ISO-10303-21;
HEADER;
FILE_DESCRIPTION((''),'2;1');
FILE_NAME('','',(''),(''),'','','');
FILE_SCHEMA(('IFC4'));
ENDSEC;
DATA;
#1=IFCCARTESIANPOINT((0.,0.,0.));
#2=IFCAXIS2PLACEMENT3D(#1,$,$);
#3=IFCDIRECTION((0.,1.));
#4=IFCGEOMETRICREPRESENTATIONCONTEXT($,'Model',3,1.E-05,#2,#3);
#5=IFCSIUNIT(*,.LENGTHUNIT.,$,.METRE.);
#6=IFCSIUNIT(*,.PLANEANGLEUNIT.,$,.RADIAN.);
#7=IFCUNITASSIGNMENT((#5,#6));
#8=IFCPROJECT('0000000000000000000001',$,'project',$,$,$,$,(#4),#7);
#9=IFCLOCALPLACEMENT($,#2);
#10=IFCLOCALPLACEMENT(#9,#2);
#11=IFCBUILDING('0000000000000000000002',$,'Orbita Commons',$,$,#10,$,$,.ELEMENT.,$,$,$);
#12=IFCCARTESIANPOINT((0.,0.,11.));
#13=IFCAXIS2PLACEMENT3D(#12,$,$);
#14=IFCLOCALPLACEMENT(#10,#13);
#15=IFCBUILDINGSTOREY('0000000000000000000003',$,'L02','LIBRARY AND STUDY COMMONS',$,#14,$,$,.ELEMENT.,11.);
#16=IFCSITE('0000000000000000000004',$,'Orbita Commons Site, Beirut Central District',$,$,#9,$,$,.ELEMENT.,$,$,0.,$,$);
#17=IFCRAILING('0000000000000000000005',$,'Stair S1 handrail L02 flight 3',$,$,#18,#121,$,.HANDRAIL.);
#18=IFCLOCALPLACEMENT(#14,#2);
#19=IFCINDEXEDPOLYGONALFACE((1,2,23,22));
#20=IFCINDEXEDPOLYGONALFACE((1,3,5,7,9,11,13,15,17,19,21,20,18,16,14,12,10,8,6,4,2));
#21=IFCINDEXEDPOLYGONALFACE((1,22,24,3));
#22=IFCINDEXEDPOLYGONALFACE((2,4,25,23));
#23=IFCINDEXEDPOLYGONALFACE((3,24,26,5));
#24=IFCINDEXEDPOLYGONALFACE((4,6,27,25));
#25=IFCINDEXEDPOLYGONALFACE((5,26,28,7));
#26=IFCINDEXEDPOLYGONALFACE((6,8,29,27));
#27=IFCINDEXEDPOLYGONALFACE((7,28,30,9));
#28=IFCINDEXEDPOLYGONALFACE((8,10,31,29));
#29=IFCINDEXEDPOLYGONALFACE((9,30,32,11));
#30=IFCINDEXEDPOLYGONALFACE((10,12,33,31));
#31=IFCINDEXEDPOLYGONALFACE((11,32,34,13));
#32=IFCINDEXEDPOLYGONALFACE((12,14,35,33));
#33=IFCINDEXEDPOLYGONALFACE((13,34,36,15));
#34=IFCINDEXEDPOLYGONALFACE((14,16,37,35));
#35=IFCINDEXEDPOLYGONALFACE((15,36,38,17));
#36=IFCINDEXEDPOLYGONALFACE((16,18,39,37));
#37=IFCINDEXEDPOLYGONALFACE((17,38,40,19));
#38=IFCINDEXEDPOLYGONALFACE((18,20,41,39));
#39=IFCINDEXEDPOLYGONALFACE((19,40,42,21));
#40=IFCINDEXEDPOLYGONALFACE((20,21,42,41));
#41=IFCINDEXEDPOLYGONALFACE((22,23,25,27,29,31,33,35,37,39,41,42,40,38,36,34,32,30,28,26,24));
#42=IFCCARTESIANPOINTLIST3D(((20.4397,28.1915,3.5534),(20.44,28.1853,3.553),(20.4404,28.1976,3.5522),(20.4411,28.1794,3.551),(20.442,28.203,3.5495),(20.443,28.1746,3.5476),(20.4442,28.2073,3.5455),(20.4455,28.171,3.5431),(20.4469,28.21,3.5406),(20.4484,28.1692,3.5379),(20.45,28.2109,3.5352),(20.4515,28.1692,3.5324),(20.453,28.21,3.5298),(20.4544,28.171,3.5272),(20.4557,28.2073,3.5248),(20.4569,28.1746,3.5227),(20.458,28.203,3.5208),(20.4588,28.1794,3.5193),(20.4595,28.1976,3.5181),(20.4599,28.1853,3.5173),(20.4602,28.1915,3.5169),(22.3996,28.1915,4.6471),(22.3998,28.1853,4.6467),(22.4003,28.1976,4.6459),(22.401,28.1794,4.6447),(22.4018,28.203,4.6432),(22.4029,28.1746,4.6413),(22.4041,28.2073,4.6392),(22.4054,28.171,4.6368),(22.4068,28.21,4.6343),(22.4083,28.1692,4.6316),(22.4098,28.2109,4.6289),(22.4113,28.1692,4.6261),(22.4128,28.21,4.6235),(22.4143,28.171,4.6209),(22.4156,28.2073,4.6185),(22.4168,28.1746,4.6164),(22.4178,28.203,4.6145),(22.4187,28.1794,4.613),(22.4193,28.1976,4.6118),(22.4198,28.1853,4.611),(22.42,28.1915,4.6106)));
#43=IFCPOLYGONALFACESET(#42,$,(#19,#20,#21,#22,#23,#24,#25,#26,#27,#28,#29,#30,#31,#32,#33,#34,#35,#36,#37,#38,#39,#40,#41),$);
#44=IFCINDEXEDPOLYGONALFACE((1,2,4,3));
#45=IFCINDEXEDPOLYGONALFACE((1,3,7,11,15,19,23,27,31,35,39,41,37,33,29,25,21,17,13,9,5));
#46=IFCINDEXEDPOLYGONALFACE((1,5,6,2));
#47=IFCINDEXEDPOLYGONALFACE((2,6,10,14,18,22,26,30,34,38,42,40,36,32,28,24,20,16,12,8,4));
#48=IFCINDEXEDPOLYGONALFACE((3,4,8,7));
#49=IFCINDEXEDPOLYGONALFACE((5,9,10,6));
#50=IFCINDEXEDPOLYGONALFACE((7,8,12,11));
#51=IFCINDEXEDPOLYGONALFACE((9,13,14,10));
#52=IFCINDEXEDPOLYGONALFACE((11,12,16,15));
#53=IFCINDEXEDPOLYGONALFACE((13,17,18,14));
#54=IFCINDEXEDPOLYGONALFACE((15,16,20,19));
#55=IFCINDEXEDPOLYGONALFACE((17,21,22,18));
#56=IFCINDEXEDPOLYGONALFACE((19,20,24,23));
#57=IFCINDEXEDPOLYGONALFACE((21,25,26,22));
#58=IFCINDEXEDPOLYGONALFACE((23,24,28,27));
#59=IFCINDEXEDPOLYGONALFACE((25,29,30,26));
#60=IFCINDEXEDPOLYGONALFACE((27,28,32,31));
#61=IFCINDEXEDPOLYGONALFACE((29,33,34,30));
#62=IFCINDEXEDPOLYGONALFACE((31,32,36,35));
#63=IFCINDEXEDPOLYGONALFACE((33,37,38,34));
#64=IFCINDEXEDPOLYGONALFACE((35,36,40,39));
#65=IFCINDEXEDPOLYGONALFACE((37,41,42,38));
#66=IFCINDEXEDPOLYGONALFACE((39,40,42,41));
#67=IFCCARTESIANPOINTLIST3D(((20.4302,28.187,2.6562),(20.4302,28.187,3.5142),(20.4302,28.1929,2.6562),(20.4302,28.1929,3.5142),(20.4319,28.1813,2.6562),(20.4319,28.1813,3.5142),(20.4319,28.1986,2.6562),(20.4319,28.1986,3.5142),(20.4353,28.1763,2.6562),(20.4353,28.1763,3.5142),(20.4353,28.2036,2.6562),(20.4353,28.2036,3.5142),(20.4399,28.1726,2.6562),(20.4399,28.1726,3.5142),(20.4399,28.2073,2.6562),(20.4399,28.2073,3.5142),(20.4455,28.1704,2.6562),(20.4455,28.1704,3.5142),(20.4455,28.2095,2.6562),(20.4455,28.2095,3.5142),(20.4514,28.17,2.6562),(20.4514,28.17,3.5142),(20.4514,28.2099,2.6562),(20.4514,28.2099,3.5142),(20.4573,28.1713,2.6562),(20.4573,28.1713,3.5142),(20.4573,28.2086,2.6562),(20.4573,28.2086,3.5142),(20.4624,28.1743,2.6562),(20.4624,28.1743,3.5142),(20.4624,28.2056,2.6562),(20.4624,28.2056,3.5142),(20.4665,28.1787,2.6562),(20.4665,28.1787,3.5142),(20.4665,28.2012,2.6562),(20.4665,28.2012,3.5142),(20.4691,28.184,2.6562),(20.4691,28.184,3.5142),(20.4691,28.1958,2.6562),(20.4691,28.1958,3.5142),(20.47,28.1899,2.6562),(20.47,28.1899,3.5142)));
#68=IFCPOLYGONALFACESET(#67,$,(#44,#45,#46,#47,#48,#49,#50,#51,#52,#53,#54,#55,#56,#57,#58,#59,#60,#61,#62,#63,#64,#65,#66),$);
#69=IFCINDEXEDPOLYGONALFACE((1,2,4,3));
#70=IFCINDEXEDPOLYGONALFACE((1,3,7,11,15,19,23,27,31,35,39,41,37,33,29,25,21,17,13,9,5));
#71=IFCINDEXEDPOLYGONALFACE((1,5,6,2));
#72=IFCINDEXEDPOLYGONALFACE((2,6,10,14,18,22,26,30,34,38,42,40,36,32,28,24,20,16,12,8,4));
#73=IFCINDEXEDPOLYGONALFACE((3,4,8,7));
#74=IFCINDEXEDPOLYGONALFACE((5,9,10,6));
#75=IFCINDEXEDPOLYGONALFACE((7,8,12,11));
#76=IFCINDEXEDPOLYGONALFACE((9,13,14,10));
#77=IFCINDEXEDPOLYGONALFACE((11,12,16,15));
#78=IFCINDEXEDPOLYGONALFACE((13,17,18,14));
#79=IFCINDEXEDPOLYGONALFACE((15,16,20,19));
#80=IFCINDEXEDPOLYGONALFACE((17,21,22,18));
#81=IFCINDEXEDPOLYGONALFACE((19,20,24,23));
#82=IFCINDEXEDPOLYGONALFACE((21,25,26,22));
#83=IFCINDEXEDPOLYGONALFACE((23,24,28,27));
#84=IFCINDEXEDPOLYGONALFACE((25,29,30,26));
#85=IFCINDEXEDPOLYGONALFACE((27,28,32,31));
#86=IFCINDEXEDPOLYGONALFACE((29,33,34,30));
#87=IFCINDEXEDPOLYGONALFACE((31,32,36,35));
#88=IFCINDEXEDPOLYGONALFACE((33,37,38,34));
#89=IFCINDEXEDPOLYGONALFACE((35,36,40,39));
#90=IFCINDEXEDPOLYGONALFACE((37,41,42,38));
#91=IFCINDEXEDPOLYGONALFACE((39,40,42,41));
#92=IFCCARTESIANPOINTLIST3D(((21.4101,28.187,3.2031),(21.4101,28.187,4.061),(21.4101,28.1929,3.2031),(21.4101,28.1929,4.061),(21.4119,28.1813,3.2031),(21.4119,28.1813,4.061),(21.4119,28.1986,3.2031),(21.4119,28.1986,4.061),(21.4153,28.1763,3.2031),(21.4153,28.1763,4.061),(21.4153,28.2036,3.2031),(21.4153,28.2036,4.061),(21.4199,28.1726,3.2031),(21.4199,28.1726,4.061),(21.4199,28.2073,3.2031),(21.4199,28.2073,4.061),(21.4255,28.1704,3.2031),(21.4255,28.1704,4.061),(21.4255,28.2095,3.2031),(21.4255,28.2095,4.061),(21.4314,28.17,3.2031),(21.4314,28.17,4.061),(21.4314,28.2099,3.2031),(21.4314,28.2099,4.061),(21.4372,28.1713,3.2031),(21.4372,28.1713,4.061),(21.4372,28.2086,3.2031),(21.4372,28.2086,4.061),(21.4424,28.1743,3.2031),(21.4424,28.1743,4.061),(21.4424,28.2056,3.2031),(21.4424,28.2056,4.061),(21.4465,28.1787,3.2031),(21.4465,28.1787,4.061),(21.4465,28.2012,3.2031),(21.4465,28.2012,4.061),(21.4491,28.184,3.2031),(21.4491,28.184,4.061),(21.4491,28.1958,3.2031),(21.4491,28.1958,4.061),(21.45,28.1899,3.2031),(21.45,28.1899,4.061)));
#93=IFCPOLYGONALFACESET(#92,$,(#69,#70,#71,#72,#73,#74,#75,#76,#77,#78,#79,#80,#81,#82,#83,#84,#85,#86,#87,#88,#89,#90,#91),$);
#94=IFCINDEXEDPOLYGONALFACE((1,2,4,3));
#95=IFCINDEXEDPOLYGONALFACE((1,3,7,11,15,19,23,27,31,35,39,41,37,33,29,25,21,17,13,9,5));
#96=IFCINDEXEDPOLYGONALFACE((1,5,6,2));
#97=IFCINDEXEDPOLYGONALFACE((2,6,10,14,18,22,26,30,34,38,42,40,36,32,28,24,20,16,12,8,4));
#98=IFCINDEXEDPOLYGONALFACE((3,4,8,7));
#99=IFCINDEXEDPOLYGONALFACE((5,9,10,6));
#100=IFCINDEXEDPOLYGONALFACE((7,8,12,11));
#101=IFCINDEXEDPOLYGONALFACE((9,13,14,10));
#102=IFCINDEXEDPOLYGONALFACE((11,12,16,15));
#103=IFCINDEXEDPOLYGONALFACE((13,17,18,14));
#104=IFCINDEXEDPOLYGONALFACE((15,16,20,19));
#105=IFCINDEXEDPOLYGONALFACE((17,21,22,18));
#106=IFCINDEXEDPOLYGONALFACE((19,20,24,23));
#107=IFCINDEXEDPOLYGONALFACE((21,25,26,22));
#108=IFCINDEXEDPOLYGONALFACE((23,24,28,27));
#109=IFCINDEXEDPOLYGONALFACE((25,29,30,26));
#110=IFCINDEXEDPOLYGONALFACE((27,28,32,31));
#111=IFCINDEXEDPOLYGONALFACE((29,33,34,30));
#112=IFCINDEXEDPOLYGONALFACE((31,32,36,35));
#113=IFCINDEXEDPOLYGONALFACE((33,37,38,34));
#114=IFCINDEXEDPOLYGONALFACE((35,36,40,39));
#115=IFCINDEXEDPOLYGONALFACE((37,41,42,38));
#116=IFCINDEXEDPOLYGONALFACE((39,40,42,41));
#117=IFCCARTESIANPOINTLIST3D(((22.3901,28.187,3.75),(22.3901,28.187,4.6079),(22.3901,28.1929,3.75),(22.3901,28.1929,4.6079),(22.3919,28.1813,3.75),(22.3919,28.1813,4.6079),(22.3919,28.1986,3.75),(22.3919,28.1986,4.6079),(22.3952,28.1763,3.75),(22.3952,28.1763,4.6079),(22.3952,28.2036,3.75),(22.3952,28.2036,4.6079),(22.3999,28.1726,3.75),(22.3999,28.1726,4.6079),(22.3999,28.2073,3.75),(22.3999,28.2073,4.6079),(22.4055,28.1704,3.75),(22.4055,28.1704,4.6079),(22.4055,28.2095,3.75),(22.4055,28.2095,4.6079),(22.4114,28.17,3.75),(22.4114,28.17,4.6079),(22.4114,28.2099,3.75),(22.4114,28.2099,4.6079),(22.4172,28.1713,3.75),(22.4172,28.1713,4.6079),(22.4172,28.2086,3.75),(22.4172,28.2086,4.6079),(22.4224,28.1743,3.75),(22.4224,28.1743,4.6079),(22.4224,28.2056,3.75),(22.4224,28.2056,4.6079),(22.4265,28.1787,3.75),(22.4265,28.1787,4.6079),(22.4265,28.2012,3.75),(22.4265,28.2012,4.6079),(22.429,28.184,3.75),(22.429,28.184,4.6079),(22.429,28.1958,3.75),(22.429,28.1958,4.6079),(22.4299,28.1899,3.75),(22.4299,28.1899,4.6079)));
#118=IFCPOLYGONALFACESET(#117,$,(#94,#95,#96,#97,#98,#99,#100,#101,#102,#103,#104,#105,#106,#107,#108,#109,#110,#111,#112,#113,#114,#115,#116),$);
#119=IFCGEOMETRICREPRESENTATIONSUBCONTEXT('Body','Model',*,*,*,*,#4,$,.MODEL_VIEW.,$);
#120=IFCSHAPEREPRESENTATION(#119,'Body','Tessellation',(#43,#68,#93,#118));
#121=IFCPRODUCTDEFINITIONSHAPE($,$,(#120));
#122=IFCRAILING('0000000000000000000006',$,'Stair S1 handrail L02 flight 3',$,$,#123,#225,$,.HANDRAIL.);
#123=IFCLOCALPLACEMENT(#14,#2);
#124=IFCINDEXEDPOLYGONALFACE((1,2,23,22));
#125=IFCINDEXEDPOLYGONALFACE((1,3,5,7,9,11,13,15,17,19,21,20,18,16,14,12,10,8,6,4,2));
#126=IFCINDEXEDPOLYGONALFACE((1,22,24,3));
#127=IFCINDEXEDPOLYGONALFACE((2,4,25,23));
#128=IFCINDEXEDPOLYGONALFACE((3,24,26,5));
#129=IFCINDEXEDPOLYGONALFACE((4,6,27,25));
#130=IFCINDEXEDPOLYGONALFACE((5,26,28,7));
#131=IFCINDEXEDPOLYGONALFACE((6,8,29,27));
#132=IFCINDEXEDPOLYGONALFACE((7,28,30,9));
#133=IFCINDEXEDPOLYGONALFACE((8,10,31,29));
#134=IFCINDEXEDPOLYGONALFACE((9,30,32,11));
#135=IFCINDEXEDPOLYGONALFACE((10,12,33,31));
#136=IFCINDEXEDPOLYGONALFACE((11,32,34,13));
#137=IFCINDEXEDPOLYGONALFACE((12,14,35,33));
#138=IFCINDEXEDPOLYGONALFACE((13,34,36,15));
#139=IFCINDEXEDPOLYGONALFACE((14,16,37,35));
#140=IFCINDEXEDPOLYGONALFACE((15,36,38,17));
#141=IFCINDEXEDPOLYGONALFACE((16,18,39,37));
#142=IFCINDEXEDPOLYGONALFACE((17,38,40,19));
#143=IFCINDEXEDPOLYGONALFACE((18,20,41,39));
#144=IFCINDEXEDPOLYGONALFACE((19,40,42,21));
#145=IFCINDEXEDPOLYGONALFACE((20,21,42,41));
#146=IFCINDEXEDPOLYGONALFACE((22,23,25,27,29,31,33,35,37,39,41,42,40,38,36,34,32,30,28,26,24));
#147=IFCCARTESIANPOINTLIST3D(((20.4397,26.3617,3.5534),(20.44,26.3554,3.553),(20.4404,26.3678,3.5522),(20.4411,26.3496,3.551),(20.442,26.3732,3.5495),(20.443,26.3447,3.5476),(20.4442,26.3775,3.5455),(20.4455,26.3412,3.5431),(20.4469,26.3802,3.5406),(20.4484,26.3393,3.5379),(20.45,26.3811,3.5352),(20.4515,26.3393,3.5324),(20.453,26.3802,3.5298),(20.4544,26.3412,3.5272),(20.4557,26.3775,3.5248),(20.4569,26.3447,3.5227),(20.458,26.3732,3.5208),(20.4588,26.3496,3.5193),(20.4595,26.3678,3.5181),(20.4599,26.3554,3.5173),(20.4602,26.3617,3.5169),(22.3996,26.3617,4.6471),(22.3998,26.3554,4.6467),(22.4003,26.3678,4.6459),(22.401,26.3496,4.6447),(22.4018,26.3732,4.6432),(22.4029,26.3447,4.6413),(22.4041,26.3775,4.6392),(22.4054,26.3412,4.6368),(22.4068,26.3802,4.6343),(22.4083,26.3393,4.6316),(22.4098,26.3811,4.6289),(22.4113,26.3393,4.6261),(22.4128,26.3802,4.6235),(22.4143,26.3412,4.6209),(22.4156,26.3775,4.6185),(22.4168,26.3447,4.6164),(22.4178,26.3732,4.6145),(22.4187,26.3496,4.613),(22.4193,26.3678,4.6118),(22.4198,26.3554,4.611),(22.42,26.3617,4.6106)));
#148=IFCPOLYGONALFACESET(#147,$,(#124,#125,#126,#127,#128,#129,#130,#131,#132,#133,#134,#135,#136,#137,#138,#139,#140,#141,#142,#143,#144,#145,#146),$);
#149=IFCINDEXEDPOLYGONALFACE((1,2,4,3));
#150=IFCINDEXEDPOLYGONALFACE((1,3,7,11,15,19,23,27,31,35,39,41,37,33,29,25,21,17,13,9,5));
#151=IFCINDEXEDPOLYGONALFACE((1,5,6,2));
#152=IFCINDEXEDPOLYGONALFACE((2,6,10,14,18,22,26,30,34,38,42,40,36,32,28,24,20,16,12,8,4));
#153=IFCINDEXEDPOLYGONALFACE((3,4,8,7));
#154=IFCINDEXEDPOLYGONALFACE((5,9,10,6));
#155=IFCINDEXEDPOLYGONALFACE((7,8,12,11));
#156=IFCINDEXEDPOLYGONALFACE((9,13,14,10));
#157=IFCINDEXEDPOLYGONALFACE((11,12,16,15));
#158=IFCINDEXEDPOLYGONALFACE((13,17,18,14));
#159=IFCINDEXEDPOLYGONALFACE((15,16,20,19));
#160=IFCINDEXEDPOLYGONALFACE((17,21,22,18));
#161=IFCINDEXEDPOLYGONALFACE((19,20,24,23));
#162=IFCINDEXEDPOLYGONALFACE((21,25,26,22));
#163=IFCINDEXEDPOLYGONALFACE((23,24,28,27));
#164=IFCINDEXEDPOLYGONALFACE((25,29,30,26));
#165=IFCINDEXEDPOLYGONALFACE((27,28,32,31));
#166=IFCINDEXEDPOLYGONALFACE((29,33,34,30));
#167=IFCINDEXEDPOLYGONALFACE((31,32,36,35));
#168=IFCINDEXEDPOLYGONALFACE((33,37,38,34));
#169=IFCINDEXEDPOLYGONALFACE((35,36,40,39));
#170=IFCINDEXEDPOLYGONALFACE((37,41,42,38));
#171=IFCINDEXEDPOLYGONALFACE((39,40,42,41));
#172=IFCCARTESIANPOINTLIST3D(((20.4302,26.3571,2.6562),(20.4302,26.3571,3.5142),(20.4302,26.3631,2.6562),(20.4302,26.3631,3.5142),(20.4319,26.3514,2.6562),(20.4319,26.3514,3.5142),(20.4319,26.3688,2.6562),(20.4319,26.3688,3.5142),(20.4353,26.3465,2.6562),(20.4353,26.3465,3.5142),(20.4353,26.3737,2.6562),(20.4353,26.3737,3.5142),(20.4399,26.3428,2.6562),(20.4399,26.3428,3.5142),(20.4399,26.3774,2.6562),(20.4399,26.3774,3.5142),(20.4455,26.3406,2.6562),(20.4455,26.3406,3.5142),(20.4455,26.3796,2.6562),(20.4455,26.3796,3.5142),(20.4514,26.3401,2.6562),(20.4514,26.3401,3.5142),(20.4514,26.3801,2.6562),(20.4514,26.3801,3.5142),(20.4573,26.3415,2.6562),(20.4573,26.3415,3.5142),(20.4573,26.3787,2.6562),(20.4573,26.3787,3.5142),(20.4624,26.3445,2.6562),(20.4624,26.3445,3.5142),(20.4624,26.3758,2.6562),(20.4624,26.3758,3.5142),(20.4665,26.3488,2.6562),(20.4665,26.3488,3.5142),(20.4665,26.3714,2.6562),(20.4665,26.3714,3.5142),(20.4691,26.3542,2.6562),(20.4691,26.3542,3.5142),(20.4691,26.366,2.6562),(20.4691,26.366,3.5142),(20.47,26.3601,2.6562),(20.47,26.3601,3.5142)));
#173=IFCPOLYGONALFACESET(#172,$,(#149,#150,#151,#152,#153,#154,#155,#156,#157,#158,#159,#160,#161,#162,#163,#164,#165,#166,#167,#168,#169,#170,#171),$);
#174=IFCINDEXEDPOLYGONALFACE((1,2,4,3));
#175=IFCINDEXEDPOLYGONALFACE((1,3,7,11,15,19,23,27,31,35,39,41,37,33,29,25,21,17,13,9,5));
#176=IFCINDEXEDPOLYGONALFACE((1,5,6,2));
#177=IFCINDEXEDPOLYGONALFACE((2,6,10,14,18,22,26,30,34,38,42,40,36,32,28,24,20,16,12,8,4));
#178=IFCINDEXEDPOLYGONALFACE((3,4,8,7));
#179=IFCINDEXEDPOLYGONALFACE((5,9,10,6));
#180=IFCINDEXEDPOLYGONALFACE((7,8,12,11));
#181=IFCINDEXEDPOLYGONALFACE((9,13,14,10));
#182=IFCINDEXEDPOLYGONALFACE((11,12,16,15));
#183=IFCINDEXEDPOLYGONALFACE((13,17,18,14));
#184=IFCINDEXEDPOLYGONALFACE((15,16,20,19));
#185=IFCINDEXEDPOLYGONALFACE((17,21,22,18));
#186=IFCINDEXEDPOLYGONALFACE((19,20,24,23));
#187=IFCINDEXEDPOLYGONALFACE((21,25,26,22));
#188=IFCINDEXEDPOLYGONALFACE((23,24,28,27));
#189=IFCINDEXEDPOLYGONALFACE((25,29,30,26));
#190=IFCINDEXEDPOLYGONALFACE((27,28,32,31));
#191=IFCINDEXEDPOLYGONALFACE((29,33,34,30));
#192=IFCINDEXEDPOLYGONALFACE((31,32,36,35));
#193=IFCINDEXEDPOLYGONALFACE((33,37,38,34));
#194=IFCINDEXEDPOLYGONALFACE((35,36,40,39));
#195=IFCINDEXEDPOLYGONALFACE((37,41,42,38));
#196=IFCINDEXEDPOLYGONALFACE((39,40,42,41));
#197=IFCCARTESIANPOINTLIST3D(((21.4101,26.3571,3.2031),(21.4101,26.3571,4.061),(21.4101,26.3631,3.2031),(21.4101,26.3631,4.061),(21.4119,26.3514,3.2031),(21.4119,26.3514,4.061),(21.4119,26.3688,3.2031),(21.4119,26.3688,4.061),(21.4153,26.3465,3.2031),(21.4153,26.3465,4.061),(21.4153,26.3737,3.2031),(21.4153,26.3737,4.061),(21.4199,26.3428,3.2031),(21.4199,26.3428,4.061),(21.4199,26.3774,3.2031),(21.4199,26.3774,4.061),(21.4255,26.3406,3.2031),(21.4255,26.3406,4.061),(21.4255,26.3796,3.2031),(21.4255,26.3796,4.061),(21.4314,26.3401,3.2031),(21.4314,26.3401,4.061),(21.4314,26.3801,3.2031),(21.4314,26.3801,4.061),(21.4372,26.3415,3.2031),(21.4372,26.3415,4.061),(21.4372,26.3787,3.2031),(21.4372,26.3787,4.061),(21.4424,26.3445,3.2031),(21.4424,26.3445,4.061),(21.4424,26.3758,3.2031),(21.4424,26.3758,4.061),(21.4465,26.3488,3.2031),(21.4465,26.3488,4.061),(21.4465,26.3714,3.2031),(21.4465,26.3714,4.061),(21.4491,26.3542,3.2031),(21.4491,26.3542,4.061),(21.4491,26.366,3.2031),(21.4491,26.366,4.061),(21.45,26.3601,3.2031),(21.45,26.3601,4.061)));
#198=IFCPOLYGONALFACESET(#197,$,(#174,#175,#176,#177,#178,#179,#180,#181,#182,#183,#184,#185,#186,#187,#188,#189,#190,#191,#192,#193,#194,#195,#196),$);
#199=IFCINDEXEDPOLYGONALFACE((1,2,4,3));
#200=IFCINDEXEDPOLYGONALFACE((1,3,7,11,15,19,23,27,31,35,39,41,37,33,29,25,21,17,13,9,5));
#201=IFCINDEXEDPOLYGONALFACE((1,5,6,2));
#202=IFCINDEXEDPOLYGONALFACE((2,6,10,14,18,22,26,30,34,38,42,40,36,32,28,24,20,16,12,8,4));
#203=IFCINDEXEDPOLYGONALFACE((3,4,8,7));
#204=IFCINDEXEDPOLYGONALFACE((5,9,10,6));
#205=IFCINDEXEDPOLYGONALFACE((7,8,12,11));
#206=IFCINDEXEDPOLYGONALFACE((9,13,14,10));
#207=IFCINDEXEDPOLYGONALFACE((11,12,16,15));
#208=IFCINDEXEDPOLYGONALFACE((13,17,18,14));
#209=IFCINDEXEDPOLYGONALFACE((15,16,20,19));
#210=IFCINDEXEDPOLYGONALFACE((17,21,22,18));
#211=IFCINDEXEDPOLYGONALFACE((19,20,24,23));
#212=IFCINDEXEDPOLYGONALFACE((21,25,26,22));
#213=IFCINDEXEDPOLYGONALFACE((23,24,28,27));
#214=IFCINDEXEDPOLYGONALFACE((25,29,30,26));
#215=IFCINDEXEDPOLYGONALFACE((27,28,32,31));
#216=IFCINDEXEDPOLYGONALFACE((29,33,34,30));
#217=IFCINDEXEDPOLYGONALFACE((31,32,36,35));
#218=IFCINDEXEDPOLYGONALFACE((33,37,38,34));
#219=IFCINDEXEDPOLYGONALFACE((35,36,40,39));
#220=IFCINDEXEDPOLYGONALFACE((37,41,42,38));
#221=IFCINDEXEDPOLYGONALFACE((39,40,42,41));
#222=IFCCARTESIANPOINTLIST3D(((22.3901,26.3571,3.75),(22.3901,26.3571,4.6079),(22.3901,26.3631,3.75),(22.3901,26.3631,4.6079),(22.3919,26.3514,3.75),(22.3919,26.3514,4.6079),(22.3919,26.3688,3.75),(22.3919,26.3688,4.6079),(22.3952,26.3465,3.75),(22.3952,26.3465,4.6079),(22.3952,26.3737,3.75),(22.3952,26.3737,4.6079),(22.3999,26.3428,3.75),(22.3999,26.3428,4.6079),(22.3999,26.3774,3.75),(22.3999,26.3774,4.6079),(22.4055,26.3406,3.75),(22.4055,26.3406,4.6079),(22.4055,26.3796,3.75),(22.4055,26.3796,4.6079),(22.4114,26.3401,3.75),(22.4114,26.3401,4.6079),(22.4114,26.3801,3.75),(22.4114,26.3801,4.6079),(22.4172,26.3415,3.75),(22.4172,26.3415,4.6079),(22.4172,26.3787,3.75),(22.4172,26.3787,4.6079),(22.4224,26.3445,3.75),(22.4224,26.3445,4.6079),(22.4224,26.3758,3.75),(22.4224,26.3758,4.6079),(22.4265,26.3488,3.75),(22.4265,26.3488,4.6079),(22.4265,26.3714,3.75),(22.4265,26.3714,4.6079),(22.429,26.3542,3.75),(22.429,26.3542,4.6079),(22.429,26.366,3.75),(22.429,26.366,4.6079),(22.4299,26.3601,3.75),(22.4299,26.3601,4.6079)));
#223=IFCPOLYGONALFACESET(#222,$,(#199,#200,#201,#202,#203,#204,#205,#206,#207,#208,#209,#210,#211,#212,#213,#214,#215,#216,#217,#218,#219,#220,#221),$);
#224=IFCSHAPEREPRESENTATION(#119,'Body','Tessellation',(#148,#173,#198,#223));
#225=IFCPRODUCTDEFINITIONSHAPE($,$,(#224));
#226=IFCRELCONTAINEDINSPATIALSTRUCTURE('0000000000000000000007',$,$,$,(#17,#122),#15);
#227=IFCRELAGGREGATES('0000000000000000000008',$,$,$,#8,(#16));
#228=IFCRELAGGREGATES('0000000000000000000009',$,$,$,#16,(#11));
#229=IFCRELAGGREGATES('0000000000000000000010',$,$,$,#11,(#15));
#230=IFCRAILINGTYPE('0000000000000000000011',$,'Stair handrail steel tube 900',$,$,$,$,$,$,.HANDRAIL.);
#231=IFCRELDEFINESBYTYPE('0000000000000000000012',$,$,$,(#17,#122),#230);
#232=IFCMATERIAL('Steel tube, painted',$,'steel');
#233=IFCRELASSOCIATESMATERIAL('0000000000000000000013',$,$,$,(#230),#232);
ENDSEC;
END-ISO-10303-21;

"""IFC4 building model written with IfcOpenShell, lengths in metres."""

from ifc_helpers import new_model, si_unit, direction, frame, origin, origin_2d, place, context, subcontext, project, spatial, circle, extrude, material, type_object, element, save


model = new_model("IFC4")

# Units and contexts
model_context = context("Model", 3, precision=1e-05, world=origin(), true_north=direction((0.0, 1.0)))
body_context = subcontext(model_context, "Body", "Model", "MODEL_VIEW")
ifc_project = project(units=[si_unit("LENGTHUNIT", "METRE"), si_unit("PLANEANGLEUNIT", "RADIAN")], contexts=[model_context])

# Site, building, storey
site_placement = place(None, origin())
site = spatial("IfcSite", under=ifc_project, at=site_placement, Name="Orbita Commons Site, Beirut Central District", CompositionType="ELEMENT", RefElevation=0.0)
building_placement = place(site_placement, origin())
building = spatial("IfcBuilding", under=site, at=building_placement, Name="Orbita Commons", CompositionType="ELEMENT")
storey_placement = place(building_placement, frame((0.0, 0.0, 11.0)))
storey = spatial("IfcBuildingStorey", under=building, at=storey_placement, Name="L02", Description="LIBRARY AND STUDY COMMONS", CompositionType="ELEMENT", Elevation=11.0)

# Railings
ifc_material_1 = material(Name="Steel tube, painted", Category="steel")
railing_type = type_object("IfcRailingType", Name="Stair handrail steel tube 900", PredefinedType="HANDRAIL", material=ifc_material_1)
for number, where, name in (
    (1, (20.45, 28.1899, 2.6562), "Stair S1 handrail L02 flight 3"),
    (2, (20.45, 26.3601, 2.6562), "Stair S1 handrail L02 flight 3"),
):
    element("IfcRailing", number, at=place(storey_placement, frame(where)), inside=storey, type_object=railing_type, Name=name, PredefinedType="HANDRAIL", context=body_context, shape_type="SweptSolid", body=[
        extrude(circle(Radius=0.021, at=origin_2d()), frame((0.0, 0.0, 0.8789), z_axis=(0.873232, 0.0, 0.487304), x_axis=(0.0, 1.0, 0.0)), (0.0, 0.0, 1.0), 2.2444),
        extrude(circle(Radius=0.02, at=origin_2d()), origin(), (0.0, 0.0, 1.0), 0.8579),
        extrude(circle(Radius=0.02, at=origin_2d()), frame((0.98, 0.0, 0.5469)), (0.0, 0.0, 1.0), 0.8579),
        extrude(circle(Radius=0.02, at=origin_2d()), frame((1.96, 0.0, 1.0938)), (0.0, 0.0, 1.0), 0.8579),
    ])

save(model, "model.ifc")
